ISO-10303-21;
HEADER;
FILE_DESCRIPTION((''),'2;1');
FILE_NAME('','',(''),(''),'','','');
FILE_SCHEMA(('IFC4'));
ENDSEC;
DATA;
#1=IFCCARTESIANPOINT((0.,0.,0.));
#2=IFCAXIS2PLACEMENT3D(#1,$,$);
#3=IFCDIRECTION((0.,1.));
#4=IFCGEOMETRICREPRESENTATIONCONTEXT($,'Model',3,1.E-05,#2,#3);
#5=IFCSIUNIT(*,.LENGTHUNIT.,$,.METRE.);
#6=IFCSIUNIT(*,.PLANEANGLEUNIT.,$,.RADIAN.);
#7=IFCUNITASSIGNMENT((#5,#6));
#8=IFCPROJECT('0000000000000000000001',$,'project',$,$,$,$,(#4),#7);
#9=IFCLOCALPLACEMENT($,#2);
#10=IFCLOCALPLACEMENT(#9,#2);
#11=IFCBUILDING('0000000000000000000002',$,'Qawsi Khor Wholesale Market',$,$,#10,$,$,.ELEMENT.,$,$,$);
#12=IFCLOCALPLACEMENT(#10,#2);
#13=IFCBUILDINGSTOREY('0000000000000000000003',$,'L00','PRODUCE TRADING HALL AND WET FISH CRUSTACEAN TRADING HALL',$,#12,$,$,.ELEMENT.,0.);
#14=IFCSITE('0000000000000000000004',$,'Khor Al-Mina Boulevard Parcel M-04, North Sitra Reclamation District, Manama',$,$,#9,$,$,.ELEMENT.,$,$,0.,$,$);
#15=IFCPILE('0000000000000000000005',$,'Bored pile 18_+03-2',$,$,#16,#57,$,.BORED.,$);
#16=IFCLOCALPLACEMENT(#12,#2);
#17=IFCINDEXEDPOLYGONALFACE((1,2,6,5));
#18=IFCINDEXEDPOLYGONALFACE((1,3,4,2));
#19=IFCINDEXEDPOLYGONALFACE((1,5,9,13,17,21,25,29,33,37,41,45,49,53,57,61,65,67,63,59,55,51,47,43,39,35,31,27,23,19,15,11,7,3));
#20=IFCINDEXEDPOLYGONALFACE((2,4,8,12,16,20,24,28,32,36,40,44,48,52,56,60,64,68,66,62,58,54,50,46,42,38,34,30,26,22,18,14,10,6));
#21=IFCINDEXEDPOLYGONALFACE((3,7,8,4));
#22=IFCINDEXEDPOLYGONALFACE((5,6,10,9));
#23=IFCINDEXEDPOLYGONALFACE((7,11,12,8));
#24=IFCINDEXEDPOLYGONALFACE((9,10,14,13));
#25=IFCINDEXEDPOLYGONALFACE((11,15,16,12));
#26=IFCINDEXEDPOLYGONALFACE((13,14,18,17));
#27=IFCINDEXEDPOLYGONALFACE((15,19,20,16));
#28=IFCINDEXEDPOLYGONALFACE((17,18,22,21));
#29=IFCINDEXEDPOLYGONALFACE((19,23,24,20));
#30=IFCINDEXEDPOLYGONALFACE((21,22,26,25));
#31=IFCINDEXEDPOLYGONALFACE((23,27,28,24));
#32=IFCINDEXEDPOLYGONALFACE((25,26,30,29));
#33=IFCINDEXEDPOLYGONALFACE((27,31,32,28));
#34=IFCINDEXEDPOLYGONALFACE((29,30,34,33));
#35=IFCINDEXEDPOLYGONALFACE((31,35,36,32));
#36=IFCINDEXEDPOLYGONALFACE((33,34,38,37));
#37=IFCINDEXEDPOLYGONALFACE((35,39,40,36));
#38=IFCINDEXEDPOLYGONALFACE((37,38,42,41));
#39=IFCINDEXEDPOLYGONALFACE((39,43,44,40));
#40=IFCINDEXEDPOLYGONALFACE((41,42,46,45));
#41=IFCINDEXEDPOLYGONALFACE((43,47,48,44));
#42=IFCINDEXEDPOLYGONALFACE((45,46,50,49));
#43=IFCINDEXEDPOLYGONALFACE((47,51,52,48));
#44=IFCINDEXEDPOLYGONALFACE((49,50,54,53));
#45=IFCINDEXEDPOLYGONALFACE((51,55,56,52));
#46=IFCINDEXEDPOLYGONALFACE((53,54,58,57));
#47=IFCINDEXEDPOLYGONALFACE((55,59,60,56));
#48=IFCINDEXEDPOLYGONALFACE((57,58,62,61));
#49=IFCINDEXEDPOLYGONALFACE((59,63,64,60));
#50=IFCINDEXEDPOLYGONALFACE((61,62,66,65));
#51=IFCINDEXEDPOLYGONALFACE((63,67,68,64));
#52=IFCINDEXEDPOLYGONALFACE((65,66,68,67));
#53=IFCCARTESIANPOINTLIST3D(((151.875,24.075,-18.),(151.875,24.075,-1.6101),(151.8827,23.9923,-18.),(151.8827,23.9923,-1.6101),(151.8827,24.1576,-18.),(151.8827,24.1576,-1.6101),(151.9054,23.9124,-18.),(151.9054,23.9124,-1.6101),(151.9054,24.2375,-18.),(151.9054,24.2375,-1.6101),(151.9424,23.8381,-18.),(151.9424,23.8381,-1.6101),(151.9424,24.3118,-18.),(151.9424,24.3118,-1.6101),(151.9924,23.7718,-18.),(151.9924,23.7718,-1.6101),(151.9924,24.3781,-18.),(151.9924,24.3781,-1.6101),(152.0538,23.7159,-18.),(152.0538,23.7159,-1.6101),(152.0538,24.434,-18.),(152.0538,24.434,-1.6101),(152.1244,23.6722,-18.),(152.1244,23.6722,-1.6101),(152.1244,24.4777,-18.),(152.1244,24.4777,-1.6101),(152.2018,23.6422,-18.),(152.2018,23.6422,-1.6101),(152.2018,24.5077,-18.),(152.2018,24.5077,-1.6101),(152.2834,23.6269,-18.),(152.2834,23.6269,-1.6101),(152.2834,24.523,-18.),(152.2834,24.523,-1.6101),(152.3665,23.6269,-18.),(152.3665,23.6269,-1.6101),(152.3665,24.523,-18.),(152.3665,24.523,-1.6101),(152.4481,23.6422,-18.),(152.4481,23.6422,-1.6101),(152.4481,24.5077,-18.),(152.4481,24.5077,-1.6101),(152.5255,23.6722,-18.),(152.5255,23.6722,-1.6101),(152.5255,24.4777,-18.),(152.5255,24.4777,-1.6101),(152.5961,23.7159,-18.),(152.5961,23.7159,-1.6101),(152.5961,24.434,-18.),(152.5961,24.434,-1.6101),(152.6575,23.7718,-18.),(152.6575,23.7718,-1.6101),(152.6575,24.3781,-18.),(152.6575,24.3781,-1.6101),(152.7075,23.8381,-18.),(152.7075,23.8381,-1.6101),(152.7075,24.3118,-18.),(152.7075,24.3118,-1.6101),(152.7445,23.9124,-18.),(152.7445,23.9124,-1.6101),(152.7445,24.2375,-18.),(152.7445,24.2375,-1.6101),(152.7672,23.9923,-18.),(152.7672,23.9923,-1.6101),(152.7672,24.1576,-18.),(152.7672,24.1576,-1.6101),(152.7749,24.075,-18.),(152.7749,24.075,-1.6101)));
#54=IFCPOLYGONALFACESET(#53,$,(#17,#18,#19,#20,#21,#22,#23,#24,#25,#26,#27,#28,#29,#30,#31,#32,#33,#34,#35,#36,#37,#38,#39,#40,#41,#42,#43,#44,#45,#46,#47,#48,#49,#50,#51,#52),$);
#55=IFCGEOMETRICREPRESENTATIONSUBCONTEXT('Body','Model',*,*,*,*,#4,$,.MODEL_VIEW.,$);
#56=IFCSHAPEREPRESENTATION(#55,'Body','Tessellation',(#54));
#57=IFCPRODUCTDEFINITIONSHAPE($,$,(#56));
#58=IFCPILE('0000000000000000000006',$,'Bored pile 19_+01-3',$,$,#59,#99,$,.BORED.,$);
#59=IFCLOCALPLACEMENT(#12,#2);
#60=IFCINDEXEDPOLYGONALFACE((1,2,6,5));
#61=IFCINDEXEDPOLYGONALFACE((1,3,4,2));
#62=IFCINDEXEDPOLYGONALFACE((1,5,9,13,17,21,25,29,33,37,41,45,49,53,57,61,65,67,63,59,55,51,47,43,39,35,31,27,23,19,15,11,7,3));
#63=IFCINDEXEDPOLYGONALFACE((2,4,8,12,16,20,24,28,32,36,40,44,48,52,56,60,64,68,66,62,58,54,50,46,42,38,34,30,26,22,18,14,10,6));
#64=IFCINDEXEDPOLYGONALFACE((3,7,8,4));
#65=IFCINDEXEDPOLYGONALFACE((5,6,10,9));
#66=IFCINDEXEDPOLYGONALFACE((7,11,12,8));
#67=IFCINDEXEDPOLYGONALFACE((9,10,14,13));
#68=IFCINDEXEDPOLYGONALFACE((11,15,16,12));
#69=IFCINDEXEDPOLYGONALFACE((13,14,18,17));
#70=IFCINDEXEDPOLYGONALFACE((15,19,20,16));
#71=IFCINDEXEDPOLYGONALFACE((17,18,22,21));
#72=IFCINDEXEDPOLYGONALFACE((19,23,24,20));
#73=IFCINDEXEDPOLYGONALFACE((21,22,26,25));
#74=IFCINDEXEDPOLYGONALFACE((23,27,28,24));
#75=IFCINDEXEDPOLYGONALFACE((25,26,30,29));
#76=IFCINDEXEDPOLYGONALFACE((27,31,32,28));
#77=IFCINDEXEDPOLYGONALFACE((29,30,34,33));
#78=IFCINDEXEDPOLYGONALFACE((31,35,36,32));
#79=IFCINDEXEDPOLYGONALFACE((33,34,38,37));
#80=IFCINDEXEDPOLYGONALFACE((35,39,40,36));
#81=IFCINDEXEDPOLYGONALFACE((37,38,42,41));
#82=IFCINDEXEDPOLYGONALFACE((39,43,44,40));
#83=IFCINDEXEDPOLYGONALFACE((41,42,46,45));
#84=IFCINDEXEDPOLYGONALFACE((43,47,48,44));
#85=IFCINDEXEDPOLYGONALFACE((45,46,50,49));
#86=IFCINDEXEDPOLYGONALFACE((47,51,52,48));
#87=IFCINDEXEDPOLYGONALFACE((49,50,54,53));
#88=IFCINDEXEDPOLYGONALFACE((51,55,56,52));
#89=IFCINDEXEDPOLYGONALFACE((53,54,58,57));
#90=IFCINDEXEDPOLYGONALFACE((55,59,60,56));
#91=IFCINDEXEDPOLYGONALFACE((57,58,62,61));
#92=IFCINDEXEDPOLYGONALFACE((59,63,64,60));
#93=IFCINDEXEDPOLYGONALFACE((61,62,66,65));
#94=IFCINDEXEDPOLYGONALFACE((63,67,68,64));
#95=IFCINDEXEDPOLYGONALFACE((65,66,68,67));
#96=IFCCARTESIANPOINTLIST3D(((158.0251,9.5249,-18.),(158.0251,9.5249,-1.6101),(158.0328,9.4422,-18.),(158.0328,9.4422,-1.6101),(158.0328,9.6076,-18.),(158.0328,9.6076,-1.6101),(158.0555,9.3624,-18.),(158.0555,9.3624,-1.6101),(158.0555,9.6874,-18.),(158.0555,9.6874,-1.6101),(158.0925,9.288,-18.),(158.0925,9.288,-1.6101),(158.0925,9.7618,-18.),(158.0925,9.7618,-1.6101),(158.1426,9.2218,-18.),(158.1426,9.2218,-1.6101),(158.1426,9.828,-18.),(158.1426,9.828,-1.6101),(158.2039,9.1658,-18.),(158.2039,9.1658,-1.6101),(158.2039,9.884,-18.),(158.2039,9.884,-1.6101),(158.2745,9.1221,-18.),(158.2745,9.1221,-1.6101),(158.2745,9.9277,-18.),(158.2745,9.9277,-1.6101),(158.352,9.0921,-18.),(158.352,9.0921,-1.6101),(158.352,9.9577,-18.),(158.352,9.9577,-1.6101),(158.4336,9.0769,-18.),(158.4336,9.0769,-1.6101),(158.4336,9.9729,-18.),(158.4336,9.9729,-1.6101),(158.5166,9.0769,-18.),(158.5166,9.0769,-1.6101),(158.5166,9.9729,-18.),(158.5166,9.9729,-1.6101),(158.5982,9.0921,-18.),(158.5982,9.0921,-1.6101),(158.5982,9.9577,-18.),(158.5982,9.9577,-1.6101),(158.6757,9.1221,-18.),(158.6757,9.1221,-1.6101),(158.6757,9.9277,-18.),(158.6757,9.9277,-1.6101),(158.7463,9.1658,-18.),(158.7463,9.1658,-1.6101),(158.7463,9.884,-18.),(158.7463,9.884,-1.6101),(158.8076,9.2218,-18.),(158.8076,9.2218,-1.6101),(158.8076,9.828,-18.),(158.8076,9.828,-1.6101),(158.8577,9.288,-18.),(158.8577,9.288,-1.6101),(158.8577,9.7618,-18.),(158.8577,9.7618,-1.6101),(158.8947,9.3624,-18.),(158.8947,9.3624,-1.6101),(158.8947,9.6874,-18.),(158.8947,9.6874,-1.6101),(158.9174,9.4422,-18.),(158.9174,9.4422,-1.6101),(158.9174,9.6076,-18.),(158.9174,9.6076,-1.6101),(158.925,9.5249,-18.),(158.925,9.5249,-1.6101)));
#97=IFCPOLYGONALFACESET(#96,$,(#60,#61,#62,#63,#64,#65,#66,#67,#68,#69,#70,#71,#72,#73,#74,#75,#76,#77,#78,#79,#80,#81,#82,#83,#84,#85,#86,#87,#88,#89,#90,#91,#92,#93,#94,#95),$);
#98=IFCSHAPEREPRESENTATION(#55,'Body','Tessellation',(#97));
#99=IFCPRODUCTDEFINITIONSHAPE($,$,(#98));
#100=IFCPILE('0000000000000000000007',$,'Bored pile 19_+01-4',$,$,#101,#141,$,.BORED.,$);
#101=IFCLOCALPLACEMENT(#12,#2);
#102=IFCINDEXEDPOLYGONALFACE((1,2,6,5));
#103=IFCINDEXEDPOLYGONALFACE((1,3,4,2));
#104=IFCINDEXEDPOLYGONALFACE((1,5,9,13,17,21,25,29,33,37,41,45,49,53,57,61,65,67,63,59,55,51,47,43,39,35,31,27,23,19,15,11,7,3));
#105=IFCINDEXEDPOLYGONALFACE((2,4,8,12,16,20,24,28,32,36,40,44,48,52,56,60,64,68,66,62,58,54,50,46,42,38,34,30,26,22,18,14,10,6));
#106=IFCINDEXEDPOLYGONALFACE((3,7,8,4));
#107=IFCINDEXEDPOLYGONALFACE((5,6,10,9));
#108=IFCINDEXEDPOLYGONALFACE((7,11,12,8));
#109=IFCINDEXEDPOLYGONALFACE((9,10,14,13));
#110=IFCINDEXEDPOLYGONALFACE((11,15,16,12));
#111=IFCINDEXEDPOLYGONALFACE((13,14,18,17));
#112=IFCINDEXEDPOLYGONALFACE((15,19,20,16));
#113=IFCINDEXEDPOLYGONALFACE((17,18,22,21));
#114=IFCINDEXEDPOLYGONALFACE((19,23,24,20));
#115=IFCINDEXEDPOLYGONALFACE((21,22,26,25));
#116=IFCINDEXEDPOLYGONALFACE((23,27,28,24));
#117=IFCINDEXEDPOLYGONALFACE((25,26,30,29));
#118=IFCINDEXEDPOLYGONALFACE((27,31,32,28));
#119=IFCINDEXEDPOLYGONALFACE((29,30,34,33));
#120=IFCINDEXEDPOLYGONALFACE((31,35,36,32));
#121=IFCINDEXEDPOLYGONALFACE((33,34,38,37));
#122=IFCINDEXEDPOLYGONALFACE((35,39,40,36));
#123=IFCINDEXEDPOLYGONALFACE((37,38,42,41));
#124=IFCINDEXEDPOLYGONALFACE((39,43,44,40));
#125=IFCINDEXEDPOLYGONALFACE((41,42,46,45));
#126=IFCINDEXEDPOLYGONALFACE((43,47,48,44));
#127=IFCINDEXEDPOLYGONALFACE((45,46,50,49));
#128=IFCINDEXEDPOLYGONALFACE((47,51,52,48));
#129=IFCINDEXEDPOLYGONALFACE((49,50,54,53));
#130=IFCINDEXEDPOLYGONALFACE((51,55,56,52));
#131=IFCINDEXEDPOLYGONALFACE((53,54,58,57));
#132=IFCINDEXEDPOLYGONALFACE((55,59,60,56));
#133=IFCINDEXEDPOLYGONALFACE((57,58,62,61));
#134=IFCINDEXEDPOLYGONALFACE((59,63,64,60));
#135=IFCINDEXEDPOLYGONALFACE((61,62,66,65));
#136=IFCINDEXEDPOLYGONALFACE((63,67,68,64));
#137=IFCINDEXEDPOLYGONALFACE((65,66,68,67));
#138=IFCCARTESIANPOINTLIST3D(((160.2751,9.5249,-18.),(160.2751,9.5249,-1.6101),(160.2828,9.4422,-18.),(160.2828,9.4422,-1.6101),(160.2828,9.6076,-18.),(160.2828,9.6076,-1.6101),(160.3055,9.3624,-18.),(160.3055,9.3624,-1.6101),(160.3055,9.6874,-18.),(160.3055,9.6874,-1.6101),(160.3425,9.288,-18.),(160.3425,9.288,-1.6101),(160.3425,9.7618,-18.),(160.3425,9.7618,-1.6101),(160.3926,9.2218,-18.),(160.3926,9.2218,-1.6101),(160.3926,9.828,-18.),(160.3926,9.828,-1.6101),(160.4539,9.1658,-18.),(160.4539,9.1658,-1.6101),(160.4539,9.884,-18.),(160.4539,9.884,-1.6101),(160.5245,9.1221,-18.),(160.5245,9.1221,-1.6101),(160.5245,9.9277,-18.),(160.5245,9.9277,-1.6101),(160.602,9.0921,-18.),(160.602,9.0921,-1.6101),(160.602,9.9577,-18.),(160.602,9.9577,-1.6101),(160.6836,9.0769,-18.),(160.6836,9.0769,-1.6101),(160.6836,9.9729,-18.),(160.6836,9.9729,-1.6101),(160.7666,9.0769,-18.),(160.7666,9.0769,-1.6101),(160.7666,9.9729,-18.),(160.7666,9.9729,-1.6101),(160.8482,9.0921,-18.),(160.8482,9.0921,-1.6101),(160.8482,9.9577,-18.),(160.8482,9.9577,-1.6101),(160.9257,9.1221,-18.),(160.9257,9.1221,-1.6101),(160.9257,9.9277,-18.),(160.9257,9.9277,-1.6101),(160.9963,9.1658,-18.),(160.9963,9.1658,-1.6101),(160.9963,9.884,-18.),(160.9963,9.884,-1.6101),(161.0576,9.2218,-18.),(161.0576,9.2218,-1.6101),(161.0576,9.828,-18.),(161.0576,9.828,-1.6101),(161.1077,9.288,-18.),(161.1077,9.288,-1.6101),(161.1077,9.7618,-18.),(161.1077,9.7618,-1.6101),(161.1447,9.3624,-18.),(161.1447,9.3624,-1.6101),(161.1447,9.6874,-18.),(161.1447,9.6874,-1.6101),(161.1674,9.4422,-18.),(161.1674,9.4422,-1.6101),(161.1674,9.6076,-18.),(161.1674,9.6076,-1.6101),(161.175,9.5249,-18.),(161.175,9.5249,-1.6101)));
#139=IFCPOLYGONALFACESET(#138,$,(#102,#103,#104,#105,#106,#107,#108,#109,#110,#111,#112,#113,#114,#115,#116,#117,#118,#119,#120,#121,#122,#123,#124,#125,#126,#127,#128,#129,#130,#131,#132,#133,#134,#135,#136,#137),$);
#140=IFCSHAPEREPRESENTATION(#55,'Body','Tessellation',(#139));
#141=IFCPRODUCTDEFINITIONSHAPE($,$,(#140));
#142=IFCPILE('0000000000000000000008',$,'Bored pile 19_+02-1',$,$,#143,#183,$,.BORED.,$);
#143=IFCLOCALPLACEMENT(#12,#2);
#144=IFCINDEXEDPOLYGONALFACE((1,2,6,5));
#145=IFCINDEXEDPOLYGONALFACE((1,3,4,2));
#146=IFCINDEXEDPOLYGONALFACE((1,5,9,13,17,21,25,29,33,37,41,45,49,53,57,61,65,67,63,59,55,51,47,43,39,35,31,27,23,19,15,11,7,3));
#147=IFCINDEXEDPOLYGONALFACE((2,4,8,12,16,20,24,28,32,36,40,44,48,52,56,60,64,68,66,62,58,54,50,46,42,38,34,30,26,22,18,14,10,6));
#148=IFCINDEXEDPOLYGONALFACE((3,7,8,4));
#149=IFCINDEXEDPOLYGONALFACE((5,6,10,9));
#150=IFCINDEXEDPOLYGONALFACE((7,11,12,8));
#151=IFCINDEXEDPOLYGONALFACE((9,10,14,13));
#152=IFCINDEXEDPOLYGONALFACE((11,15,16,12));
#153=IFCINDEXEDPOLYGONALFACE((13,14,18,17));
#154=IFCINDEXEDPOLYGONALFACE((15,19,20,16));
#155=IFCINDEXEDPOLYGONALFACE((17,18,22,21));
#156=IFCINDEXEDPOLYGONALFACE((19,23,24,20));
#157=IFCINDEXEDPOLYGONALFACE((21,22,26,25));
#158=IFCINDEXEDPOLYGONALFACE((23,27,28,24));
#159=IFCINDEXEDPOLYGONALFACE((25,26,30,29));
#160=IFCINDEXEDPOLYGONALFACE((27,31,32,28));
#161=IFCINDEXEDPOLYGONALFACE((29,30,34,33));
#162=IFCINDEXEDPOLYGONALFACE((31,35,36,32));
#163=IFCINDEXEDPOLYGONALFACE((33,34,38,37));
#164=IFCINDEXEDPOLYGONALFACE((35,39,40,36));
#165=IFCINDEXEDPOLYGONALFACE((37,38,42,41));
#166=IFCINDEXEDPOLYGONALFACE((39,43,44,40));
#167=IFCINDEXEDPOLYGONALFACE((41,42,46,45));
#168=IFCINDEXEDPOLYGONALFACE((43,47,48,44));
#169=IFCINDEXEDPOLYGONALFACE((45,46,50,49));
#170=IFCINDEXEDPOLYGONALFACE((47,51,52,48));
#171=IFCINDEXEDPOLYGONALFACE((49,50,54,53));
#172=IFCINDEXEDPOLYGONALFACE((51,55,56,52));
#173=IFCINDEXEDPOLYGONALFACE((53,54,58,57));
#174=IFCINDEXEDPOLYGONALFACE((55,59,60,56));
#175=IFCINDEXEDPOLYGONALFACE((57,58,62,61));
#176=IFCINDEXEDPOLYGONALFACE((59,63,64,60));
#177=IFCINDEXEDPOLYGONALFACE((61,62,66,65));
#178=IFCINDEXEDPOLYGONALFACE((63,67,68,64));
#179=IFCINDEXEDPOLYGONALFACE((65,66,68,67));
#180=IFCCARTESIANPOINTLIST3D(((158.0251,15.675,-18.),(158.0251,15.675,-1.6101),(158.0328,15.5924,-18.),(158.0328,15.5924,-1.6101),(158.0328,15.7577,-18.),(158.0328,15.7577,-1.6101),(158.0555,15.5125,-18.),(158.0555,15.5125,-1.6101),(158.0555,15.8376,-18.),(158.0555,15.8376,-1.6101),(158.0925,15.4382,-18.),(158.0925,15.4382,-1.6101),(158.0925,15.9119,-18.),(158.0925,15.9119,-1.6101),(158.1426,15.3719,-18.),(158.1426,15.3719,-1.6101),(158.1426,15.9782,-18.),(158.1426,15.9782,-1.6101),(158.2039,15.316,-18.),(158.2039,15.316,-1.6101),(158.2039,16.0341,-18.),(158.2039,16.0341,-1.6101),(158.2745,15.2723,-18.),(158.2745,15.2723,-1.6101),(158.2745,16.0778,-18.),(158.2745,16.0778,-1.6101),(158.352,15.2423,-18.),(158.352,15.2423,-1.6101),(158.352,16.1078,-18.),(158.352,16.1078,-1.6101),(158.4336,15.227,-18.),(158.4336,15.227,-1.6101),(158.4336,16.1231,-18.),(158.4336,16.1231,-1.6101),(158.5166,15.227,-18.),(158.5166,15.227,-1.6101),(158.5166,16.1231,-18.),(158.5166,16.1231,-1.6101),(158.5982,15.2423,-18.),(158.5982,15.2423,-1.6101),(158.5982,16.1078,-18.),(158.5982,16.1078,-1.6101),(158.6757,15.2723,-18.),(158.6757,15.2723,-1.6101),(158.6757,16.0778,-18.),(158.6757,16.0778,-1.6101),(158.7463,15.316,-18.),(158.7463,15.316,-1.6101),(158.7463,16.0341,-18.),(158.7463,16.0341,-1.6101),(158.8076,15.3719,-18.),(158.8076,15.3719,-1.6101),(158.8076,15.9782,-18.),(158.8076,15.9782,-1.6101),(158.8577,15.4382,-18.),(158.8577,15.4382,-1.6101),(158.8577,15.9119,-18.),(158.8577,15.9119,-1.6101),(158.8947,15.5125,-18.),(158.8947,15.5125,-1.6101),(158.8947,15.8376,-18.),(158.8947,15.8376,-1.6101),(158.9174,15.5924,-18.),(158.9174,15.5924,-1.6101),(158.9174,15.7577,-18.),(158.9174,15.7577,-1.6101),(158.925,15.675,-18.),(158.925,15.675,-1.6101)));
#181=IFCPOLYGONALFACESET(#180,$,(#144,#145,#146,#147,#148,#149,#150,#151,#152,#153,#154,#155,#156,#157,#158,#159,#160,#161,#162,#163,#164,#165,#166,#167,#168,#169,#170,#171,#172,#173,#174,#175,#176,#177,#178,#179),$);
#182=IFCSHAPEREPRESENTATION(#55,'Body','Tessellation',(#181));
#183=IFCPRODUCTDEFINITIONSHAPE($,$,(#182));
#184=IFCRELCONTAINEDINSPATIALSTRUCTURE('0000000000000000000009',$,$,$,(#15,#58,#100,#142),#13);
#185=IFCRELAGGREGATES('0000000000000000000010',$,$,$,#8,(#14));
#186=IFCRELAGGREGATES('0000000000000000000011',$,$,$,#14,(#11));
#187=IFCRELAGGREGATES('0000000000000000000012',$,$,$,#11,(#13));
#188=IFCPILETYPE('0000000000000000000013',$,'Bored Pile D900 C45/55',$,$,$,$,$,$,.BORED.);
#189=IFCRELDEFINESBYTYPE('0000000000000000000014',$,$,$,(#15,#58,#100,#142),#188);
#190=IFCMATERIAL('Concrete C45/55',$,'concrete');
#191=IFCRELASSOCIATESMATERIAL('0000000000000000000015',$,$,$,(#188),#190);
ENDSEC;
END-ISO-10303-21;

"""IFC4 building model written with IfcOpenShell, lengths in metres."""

from ifc_helpers import new_model, si_unit, direction, frame, origin, origin_2d, place, context, subcontext, project, spatial, circle, extrude, material, material_profile, profile_set, type_object, element, save


model = new_model("IFC4")

# Units and contexts
model_context = context("Model", 3, precision=1e-05, world=origin(), true_north=direction((0.0, 1.0)))
body_context = subcontext(model_context, "Body", "Model", "MODEL_VIEW")
ifc_project = project(units=[si_unit("LENGTHUNIT", "METRE"), si_unit("PLANEANGLEUNIT", "RADIAN")], contexts=[model_context])

# Site, building, storey
site_placement = place(None, origin())
site = spatial("IfcSite", under=ifc_project, at=site_placement, Name="Khor Al-Mina Boulevard Parcel M-04, North Sitra Reclamation District, Manama", CompositionType="ELEMENT", RefElevation=0.0)
building_placement = place(site_placement, origin())
building = spatial("IfcBuilding", under=site, at=building_placement, Name="Qawsi Khor Wholesale Market", CompositionType="ELEMENT")
storey_placement = place(building_placement, origin())
storey = spatial("IfcBuildingStorey", under=building, at=storey_placement, Name="L00", Description="PRODUCE TRADING HALL AND WET FISH CRUSTACEAN TRADING HALL", CompositionType="ELEMENT", Elevation=0.0)

# Piles
ifc_material_1 = material(Name="Concrete C45/55", Category="concrete")
ifc_material_profile_1 = material_profile(ifc_material_1, circle(Radius=0.45, at=origin_2d()), Name="PILE D900")
ifc_profile_set_1 = profile_set([ifc_material_profile_1], Name="Concrete C45/55")
pile_type = type_object("IfcPileType", Name="Bored Pile D900 C45/55", PredefinedType="BORED", material=ifc_profile_set_1)
for number, where, z_axis, x_axis, name in (
    (1, (152.325, 24.075, -1.6101), (0.0, 0.0, -1.0), (1.0, 0.0, 0.0), "Bored pile 18_+03-2"),
    (2, (158.4751, 9.5249, -1.6101), (0.0, 0.0, -1.0), (1.0, 0.0, 0.0), "Bored pile 19_+01-3"),
    (3, (160.7251, 9.5249, -1.6101), (0.0, 0.0, -1.0), (1.0, 0.0, 0.0), "Bored pile 19_+01-4"),
    (4, (158.4751, 15.675, -1.6101), (0.0, 0.0, -1.0), (1.0, 0.0, 0.0), "Bored pile 19_+02-1"),
):
    element("IfcPile", number, at=place(storey_placement, frame(where, z_axis=z_axis, x_axis=x_axis)), inside=storey, type_object=pile_type, Name=name, PredefinedType="BORED", context=body_context, shape_type="SweptSolid", body=[
        extrude(circle(Radius=0.45, at=origin_2d()), origin(), (0.0, 0.0, 1.0), 16.3899),
    ])

save(model, "model.ifc")
